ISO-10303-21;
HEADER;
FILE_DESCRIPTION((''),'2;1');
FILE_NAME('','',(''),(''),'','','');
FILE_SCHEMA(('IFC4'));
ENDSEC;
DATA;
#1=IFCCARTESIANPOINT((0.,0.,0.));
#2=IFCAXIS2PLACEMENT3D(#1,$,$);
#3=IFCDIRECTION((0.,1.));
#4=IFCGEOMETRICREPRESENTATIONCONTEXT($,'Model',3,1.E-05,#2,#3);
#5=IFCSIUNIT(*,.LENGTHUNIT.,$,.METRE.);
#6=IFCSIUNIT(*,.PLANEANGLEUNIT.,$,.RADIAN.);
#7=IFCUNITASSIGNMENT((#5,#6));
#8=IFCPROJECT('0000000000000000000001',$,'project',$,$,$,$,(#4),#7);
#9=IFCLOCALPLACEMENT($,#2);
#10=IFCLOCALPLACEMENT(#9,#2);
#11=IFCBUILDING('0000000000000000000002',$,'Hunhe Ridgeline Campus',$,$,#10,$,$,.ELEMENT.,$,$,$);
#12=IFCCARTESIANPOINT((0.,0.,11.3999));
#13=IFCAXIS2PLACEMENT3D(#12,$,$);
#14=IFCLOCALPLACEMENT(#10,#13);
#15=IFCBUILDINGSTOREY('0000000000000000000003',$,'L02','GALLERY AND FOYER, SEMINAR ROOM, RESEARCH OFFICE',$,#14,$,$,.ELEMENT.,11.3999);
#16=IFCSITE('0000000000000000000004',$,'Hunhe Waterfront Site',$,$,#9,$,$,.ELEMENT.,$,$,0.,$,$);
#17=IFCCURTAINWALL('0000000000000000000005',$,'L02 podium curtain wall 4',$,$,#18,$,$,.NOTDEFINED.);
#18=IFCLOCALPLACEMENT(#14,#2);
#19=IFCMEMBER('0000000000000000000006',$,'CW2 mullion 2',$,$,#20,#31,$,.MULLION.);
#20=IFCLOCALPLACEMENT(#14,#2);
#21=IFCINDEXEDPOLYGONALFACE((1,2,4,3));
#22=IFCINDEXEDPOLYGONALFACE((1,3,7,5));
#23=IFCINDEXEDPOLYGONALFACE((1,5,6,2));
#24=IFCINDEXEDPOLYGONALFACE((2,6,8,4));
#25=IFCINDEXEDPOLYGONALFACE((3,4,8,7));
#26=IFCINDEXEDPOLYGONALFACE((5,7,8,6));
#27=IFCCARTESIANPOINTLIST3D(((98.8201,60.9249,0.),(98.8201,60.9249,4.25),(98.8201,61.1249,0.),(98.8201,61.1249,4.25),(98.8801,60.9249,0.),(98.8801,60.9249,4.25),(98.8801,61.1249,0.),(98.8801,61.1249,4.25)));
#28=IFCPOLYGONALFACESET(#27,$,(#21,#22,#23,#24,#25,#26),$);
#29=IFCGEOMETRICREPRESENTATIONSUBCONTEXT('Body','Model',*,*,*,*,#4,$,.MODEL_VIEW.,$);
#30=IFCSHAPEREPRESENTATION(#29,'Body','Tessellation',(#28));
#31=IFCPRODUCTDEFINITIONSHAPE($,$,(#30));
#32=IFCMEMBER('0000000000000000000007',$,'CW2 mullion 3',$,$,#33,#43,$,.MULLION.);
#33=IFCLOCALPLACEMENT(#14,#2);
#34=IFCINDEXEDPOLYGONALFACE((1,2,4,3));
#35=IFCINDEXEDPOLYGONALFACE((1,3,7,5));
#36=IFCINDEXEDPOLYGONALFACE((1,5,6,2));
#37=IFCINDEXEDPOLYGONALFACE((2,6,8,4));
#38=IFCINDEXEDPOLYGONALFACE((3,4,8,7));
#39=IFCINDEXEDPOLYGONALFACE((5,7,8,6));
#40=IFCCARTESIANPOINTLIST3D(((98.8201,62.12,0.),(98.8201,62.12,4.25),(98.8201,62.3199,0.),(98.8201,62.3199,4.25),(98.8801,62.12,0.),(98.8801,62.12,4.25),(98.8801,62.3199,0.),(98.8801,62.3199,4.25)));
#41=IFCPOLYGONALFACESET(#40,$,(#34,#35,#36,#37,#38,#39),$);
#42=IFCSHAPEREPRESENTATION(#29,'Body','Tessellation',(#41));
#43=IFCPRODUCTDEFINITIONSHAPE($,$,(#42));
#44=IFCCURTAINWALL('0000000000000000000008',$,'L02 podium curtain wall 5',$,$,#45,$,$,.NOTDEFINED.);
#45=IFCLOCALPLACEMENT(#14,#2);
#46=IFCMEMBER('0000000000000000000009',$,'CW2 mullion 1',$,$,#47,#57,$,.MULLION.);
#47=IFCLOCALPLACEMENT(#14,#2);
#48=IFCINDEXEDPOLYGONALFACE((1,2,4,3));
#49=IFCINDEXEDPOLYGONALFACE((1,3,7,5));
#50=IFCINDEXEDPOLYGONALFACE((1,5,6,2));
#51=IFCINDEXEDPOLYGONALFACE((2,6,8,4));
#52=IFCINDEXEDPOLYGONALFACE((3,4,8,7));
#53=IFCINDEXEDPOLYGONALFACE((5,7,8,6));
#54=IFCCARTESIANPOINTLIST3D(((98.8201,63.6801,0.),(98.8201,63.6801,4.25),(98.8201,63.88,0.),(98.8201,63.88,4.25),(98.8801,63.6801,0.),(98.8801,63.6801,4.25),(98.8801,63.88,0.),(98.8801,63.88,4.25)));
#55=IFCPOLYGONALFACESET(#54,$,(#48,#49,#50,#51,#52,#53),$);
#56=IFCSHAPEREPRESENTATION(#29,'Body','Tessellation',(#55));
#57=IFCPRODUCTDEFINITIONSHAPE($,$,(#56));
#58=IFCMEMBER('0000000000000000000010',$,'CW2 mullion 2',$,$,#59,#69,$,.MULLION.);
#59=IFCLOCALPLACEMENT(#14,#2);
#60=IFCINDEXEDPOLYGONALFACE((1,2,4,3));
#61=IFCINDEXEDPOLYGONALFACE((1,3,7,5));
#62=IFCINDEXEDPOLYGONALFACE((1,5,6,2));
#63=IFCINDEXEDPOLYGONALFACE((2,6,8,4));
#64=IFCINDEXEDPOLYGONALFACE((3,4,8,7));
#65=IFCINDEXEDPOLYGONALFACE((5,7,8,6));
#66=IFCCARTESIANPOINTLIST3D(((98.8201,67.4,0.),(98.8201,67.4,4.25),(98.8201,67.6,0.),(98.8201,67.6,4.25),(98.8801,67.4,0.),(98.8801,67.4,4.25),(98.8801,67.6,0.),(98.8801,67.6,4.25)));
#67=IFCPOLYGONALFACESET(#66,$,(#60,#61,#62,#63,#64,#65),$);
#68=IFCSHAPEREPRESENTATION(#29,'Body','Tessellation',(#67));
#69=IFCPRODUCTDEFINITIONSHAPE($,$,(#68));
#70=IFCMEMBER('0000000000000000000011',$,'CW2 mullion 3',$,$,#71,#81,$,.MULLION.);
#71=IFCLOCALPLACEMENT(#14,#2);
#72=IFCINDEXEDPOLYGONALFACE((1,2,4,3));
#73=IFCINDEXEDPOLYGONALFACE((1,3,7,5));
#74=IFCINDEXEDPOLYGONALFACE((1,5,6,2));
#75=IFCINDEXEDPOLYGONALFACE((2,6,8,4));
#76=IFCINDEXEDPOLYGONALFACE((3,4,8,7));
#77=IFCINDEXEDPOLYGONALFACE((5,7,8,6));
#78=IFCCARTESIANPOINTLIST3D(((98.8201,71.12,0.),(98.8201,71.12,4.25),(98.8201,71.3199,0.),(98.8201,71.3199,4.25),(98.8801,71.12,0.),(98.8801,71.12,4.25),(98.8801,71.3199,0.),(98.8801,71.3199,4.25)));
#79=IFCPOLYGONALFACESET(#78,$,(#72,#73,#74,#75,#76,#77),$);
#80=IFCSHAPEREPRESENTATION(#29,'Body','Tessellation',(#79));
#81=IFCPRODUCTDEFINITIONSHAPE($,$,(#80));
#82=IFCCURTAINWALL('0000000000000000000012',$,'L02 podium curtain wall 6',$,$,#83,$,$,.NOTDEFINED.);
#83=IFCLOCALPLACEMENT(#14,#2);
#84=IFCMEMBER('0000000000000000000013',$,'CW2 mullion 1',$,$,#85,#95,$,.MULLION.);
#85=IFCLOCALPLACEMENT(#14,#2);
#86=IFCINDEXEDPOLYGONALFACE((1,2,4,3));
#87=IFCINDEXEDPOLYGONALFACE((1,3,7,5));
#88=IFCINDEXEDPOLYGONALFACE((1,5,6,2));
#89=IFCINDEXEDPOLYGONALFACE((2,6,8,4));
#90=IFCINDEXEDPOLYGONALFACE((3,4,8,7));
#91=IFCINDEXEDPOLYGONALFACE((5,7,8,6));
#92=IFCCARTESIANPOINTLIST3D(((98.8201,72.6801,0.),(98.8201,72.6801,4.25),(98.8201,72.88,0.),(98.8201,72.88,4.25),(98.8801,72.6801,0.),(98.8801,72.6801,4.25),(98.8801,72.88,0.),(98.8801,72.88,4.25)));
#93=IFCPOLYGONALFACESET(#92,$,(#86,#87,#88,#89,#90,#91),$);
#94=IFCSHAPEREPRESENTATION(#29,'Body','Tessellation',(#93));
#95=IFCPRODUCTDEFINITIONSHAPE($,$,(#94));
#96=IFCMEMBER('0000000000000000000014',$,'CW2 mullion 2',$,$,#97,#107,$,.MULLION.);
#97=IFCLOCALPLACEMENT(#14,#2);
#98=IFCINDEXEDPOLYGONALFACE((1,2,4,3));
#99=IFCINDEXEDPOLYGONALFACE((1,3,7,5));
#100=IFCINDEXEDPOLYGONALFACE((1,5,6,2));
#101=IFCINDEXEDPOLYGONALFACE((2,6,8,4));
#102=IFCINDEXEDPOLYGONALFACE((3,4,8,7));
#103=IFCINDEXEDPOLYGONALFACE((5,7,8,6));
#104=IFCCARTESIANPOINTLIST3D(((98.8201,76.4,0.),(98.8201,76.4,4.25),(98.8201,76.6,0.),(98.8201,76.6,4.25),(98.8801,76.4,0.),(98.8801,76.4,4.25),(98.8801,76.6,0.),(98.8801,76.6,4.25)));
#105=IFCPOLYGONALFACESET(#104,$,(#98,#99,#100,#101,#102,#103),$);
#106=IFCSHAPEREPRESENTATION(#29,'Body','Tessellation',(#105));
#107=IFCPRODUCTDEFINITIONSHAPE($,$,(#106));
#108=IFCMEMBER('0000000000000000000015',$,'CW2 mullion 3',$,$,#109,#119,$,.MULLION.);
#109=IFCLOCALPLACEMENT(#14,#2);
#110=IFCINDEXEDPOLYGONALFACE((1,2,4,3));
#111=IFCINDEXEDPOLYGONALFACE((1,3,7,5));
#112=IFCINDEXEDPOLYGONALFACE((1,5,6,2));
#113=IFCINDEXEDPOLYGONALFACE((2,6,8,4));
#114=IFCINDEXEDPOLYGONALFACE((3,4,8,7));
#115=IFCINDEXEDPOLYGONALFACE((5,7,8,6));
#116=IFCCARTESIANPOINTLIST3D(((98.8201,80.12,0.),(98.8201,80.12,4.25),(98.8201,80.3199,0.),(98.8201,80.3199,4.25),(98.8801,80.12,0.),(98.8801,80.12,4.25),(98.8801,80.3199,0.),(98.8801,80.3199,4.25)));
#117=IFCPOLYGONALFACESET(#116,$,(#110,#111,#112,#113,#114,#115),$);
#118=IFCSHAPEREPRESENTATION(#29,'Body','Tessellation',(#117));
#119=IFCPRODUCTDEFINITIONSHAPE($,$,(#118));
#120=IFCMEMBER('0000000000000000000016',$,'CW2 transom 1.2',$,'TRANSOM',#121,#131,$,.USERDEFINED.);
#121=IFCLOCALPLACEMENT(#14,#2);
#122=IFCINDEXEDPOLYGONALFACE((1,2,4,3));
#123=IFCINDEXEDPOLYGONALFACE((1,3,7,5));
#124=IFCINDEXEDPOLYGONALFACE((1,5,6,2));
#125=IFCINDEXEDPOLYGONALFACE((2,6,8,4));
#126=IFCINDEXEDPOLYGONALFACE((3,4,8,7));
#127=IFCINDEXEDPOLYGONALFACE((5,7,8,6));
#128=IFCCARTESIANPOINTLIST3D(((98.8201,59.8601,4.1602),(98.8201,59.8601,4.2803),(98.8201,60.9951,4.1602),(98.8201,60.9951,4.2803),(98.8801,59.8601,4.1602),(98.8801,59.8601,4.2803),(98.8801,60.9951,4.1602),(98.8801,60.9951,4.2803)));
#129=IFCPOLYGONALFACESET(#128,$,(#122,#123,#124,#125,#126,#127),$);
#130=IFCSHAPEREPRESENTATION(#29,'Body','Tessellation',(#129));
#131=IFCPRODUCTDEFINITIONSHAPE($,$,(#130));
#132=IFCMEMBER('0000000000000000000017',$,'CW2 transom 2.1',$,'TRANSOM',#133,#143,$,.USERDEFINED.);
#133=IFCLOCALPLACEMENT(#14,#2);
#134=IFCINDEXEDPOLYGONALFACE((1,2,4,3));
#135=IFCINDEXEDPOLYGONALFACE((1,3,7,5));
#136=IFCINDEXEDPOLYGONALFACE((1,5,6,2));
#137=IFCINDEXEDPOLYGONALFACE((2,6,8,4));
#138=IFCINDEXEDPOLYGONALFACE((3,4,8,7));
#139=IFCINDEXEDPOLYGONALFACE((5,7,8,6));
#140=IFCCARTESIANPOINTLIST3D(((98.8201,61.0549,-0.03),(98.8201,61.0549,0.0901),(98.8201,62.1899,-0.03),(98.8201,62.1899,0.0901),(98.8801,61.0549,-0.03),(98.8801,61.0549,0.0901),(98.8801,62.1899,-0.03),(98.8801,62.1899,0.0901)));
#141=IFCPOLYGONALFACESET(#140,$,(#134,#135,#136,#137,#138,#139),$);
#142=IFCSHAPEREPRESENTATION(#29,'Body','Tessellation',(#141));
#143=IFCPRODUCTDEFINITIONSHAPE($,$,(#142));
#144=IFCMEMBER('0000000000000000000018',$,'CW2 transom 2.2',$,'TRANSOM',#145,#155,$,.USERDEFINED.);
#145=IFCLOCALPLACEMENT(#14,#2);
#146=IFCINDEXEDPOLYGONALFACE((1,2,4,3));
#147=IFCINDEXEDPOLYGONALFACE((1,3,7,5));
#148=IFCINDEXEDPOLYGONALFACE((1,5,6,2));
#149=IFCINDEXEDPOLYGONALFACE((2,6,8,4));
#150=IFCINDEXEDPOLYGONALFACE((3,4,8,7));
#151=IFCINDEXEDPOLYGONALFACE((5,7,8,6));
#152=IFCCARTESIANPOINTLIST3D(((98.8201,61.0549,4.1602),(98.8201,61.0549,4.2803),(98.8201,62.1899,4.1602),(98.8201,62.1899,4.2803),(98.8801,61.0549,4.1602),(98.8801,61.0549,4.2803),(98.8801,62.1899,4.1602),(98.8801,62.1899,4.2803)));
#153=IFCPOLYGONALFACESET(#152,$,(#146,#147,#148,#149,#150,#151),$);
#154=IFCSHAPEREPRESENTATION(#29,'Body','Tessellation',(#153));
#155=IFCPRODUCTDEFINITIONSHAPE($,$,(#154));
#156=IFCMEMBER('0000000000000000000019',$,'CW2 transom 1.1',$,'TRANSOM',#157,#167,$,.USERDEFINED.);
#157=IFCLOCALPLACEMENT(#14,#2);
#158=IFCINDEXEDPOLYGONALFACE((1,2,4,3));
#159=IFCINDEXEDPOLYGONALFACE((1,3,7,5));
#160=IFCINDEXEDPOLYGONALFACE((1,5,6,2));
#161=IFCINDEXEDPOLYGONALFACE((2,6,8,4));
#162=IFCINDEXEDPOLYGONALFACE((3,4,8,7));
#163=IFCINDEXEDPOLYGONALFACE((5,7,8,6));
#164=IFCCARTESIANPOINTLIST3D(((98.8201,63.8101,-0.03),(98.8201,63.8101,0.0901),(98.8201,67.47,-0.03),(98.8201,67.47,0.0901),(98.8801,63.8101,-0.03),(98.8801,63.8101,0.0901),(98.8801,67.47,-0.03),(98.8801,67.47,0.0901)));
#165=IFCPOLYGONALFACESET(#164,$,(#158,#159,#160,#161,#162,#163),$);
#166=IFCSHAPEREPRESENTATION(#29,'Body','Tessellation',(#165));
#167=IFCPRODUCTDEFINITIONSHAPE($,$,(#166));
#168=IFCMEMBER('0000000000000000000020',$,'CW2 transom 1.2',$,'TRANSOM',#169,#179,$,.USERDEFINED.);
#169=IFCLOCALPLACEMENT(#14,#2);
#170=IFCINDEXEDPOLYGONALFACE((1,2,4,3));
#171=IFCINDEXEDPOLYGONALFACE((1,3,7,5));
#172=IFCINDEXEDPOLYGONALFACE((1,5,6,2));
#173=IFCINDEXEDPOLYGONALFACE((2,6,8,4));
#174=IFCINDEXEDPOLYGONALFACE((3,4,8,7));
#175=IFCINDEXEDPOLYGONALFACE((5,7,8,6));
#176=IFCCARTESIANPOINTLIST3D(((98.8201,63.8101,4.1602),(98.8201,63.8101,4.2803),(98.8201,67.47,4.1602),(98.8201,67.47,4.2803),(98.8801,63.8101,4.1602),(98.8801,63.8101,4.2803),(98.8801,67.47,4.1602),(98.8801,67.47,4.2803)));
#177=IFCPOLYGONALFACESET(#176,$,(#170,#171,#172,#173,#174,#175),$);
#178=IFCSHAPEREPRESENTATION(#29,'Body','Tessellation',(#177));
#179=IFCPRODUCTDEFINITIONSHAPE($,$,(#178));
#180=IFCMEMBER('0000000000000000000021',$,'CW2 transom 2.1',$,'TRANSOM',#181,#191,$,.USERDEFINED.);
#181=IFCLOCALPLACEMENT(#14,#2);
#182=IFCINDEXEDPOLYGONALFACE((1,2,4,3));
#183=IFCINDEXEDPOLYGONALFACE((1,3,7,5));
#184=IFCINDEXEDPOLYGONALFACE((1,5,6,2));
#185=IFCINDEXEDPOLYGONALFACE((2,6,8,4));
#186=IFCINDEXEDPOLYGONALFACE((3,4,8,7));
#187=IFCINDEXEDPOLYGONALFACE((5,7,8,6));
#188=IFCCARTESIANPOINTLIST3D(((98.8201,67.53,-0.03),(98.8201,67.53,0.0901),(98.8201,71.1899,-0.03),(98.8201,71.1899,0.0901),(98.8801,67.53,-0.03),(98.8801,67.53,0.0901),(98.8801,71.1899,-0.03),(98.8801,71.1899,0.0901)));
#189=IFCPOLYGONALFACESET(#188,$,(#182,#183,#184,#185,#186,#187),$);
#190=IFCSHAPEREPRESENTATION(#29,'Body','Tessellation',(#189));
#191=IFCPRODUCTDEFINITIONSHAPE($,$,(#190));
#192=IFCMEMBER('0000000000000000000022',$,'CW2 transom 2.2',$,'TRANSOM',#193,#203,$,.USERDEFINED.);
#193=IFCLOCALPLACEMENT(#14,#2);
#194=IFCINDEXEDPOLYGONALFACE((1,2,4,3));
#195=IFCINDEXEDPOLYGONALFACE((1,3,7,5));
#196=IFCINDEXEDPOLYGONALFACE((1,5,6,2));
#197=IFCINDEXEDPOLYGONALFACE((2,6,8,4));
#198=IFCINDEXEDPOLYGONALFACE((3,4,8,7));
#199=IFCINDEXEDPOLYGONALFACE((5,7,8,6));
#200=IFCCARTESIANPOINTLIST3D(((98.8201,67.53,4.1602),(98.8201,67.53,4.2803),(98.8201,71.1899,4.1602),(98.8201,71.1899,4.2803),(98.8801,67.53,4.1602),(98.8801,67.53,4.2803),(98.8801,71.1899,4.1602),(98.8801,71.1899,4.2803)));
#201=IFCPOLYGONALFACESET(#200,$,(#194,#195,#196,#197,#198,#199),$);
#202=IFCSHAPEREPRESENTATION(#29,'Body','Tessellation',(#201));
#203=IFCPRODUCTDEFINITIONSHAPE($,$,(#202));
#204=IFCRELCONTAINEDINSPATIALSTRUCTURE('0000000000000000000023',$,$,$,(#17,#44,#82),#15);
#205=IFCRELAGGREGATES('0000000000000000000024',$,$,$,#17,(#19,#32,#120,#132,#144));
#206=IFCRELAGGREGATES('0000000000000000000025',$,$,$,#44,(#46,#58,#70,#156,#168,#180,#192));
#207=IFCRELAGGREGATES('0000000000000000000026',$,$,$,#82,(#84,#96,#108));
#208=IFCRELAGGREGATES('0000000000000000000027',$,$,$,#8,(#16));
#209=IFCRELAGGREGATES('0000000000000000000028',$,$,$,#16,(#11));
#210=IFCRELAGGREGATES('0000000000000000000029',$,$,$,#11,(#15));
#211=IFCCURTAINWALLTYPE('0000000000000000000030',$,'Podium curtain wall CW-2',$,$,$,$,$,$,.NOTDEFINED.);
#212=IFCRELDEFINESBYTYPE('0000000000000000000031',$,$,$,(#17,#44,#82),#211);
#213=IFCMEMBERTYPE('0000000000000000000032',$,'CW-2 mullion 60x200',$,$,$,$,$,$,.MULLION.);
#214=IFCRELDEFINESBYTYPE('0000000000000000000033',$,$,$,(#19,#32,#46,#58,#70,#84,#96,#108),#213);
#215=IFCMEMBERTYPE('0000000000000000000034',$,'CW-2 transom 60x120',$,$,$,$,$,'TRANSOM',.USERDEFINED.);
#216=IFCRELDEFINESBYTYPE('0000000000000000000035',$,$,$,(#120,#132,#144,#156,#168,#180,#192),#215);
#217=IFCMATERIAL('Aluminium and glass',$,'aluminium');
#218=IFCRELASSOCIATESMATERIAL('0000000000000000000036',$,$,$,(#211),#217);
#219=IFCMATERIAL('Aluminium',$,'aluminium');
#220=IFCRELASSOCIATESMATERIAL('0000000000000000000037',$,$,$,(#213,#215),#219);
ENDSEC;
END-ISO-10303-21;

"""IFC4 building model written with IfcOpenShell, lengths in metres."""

from ifc_helpers import new_model, si_unit, direction, frame, origin, origin_2d, place, context, subcontext, project, spatial, rectangle, extrude, material, material_profile, profile_set, type_object, element, aggregate, save


model = new_model("IFC4")

# Units and contexts
model_context = context("Model", 3, precision=1e-05, world=origin(), true_north=direction((0.0, 1.0)))
body_context = subcontext(model_context, "Body", "Model", "MODEL_VIEW")
ifc_project = project(units=[si_unit("LENGTHUNIT", "METRE"), si_unit("PLANEANGLEUNIT", "RADIAN")], contexts=[model_context])

# Site, building, storey
site_placement = place(None, origin())
site = spatial("IfcSite", under=ifc_project, at=site_placement, Name="Hunhe Waterfront Site", CompositionType="ELEMENT", RefElevation=0.0)
building_placement = place(site_placement, origin())
building = spatial("IfcBuilding", under=site, at=building_placement, Name="Hunhe Ridgeline Campus", CompositionType="ELEMENT")
storey_placement = place(building_placement, frame((0.0, 0.0, 11.3999)))
storey = spatial("IfcBuildingStorey", under=building, at=storey_placement, Name="L02", Description="GALLERY AND FOYER, SEMINAR ROOM, RESEARCH OFFICE", CompositionType="ELEMENT", Elevation=11.3999)

# Curtain walls, members
ifc_material_1 = material(Name="Aluminium and glass", Category="aluminium")
curtain_wall_type = type_object("IfcCurtainWallType", Name="Podium curtain wall CW-2", PredefinedType="NOTDEFINED", material=ifc_material_1)
curtain_wall_1_placement = place(storey_placement, origin())
curtain_wall_1 = element("IfcCurtainWall", 1, at=curtain_wall_1_placement, inside=storey, type_object=curtain_wall_type, Name="L02 podium curtain wall 4", PredefinedType="NOTDEFINED")
ifc_material_2 = material(Name="Aluminium", Category="aluminium")
ifc_material_profile_1 = material_profile(ifc_material_2, rectangle(XDim=0.0601, YDim=0.2, at=origin_2d()))
ifc_profile_set_1 = profile_set([ifc_material_profile_1], Name="Aluminium")
member_type_1 = type_object("IfcMemberType", Name="CW-2 mullion 60x200", PredefinedType="MULLION", material=ifc_profile_set_1)
member_1_placement = place(storey_placement, frame((98.8501, 61.0249, 0.0), z_axis=(0.0, 0.0, 1.0), x_axis=(-1.0, 0.0, 0.0)))
member_1 = element("IfcMember", 2, at=member_1_placement, type_object=member_type_1, Name="CW2 mullion 2", PredefinedType="MULLION", context=body_context, shape_type="SweptSolid", body=[
    extrude(rectangle(XDim=0.0601, YDim=0.2, at=origin_2d()), origin(), (0.0, 0.0, 1.0), 4.25),
])
member_2_placement = place(storey_placement, frame((98.8501, 62.22, 0.0), z_axis=(0.0, 0.0, 1.0), x_axis=(-1.0, 0.0, 0.0)))
member_2 = element("IfcMember", 3, at=member_2_placement, type_object=member_type_1, Name="CW2 mullion 3", PredefinedType="MULLION", context=body_context, shape_type="SweptSolid", body=[
    extrude(rectangle(XDim=0.0601, YDim=0.2, at=origin_2d()), origin(), (0.0, 0.0, 1.0), 4.25),
])
curtain_wall_2_placement = place(storey_placement, origin())
curtain_wall_2 = element("IfcCurtainWall", 4, at=curtain_wall_2_placement, inside=storey, type_object=curtain_wall_type, Name="L02 podium curtain wall 5", PredefinedType="NOTDEFINED")
member_3_placement = place(storey_placement, frame((98.8501, 63.78, 0.0), z_axis=(0.0, 0.0, 1.0), x_axis=(-1.0, 0.0, 0.0)))
member_3 = element("IfcMember", 5, at=member_3_placement, type_object=member_type_1, Name="CW2 mullion 1", PredefinedType="MULLION", context=body_context, shape_type="SweptSolid", body=[
    extrude(rectangle(XDim=0.0601, YDim=0.2, at=origin_2d()), origin(), (0.0, 0.0, 1.0), 4.25),
])
member_4_placement = place(storey_placement, frame((98.8501, 67.5, 0.0), z_axis=(0.0, 0.0, 1.0), x_axis=(-1.0, 0.0, 0.0)))
member_4 = element("IfcMember", 6, at=member_4_placement, type_object=member_type_1, Name="CW2 mullion 2", PredefinedType="MULLION", context=body_context, shape_type="SweptSolid", body=[
    extrude(rectangle(XDim=0.0601, YDim=0.2, at=origin_2d()), origin(), (0.0, 0.0, 1.0), 4.25),
])
member_5_placement = place(storey_placement, frame((98.8501, 71.22, 0.0), z_axis=(0.0, 0.0, 1.0), x_axis=(-1.0, 0.0, 0.0)))
member_5 = element("IfcMember", 7, at=member_5_placement, type_object=member_type_1, Name="CW2 mullion 3", PredefinedType="MULLION", context=body_context, shape_type="SweptSolid", body=[
    extrude(rectangle(XDim=0.0601, YDim=0.2, at=origin_2d()), origin(), (0.0, 0.0, 1.0), 4.25),
])
curtain_wall_3_placement = place(storey_placement, origin())
curtain_wall_3 = element("IfcCurtainWall", 8, at=curtain_wall_3_placement, inside=storey, type_object=curtain_wall_type, Name="L02 podium curtain wall 6", PredefinedType="NOTDEFINED")
member_6_placement = place(storey_placement, frame((98.8501, 72.78, 0.0), z_axis=(0.0, 0.0, 1.0), x_axis=(-1.0, 0.0, 0.0)))
member_6 = element("IfcMember", 9, at=member_6_placement, type_object=member_type_1, Name="CW2 mullion 1", PredefinedType="MULLION", context=body_context, shape_type="SweptSolid", body=[
    extrude(rectangle(XDim=0.0601, YDim=0.2, at=origin_2d()), origin(), (0.0, 0.0, 1.0), 4.25),
])
member_7_placement = place(storey_placement, frame((98.8501, 76.5, 0.0), z_axis=(0.0, 0.0, 1.0), x_axis=(-1.0, 0.0, 0.0)))
member_7 = element("IfcMember", 10, at=member_7_placement, type_object=member_type_1, Name="CW2 mullion 2", PredefinedType="MULLION", context=body_context, shape_type="SweptSolid", body=[
    extrude(rectangle(XDim=0.0601, YDim=0.2, at=origin_2d()), origin(), (0.0, 0.0, 1.0), 4.25),
])
member_8_placement = place(storey_placement, frame((98.8501, 80.22, 0.0), z_axis=(0.0, 0.0, 1.0), x_axis=(-1.0, 0.0, 0.0)))
member_8 = element("IfcMember", 11, at=member_8_placement, type_object=member_type_1, Name="CW2 mullion 3", PredefinedType="MULLION", context=body_context, shape_type="SweptSolid", body=[
    extrude(rectangle(XDim=0.0601, YDim=0.2, at=origin_2d()), origin(), (0.0, 0.0, 1.0), 4.25),
])

# Members
ifc_material_profile_2 = material_profile(ifc_material_2, rectangle(XDim=0.0601, YDim=0.1201, at=origin_2d()))
ifc_profile_set_2 = profile_set([ifc_material_profile_2], Name="Aluminium")
member_type_2 = type_object("IfcMemberType", Name="CW-2 transom 60x120", ElementType="TRANSOM", PredefinedType="USERDEFINED", material=ifc_profile_set_2)
member_9_placement = place(storey_placement, frame((98.8501, 59.8601, 4.2202), z_axis=(0.0, 1.0, 0.0), x_axis=(-1.0, 0.0, 0.0)))
member_9 = element("IfcMember", 12, at=member_9_placement, type_object=member_type_2, Name="CW2 transom 1.2", ObjectType="TRANSOM", PredefinedType="USERDEFINED", context=body_context, shape_type="SweptSolid", body=[
    extrude(rectangle(XDim=0.0601, YDim=0.1201, at=origin_2d()), origin(), (0.0, 0.0, 1.0), 1.135),
])
member_10_placement = place(storey_placement, frame((98.8501, 61.0549, 0.03), z_axis=(0.0, 1.0, 0.0), x_axis=(-1.0, 0.0, 0.0)))
member_10 = element("IfcMember", 13, at=member_10_placement, type_object=member_type_2, Name="CW2 transom 2.1", ObjectType="TRANSOM", PredefinedType="USERDEFINED", context=body_context, shape_type="SweptSolid", body=[
    extrude(rectangle(XDim=0.0601, YDim=0.1201, at=origin_2d()), origin(), (0.0, 0.0, 1.0), 1.135),
])
member_11_placement = place(storey_placement, frame((98.8501, 61.0549, 4.2202), z_axis=(0.0, 1.0, 0.0), x_axis=(-1.0, 0.0, 0.0)))
member_11 = element("IfcMember", 14, at=member_11_placement, type_object=member_type_2, Name="CW2 transom 2.2", ObjectType="TRANSOM", PredefinedType="USERDEFINED", context=body_context, shape_type="SweptSolid", body=[
    extrude(rectangle(XDim=0.0601, YDim=0.1201, at=origin_2d()), origin(), (0.0, 0.0, 1.0), 1.135),
])
member_12_placement = place(storey_placement, frame((98.8501, 63.8101, 0.03), z_axis=(0.0, 1.0, 0.0), x_axis=(-1.0, 0.0, 0.0)))
member_12 = element("IfcMember", 15, at=member_12_placement, type_object=member_type_2, Name="CW2 transom 1.1", ObjectType="TRANSOM", PredefinedType="USERDEFINED", context=body_context, shape_type="SweptSolid", body=[
    extrude(rectangle(XDim=0.0601, YDim=0.1201, at=origin_2d()), origin(), (0.0, 0.0, 1.0), 3.6599),
])
member_13_placement = place(storey_placement, frame((98.8501, 63.8101, 4.2202), z_axis=(0.0, 1.0, 0.0), x_axis=(-1.0, 0.0, 0.0)))
member_13 = element("IfcMember", 16, at=member_13_placement, type_object=member_type_2, Name="CW2 transom 1.2", ObjectType="TRANSOM", PredefinedType="USERDEFINED", context=body_context, shape_type="SweptSolid", body=[
    extrude(rectangle(XDim=0.0601, YDim=0.1201, at=origin_2d()), origin(), (0.0, 0.0, 1.0), 3.6599),
])
member_14_placement = place(storey_placement, frame((98.8501, 67.53, 0.03), z_axis=(0.0, 1.0, 0.0), x_axis=(-1.0, 0.0, 0.0)))
member_14 = element("IfcMember", 17, at=member_14_placement, type_object=member_type_2, Name="CW2 transom 2.1", ObjectType="TRANSOM", PredefinedType="USERDEFINED", context=body_context, shape_type="SweptSolid", body=[
    extrude(rectangle(XDim=0.0601, YDim=0.1201, at=origin_2d()), origin(), (0.0, 0.0, 1.0), 3.6599),
])
member_15_placement = place(storey_placement, frame((98.8501, 67.53, 4.2202), z_axis=(0.0, 1.0, 0.0), x_axis=(-1.0, 0.0, 0.0)))
member_15 = element("IfcMember", 18, at=member_15_placement, type_object=member_type_2, Name="CW2 transom 2.2", ObjectType="TRANSOM", PredefinedType="USERDEFINED", context=body_context, shape_type="SweptSolid", body=[
    extrude(rectangle(XDim=0.0601, YDim=0.1201, at=origin_2d()), origin(), (0.0, 0.0, 1.0), 3.6599),
])

aggregate(curtain_wall_1, [member_1, member_2, member_9, member_10, member_11])
aggregate(curtain_wall_2, [member_3, member_4, member_5, member_12, member_13, member_14, member_15])
aggregate(curtain_wall_3, [member_6, member_7, member_8])

save(model, "model.ifc")
